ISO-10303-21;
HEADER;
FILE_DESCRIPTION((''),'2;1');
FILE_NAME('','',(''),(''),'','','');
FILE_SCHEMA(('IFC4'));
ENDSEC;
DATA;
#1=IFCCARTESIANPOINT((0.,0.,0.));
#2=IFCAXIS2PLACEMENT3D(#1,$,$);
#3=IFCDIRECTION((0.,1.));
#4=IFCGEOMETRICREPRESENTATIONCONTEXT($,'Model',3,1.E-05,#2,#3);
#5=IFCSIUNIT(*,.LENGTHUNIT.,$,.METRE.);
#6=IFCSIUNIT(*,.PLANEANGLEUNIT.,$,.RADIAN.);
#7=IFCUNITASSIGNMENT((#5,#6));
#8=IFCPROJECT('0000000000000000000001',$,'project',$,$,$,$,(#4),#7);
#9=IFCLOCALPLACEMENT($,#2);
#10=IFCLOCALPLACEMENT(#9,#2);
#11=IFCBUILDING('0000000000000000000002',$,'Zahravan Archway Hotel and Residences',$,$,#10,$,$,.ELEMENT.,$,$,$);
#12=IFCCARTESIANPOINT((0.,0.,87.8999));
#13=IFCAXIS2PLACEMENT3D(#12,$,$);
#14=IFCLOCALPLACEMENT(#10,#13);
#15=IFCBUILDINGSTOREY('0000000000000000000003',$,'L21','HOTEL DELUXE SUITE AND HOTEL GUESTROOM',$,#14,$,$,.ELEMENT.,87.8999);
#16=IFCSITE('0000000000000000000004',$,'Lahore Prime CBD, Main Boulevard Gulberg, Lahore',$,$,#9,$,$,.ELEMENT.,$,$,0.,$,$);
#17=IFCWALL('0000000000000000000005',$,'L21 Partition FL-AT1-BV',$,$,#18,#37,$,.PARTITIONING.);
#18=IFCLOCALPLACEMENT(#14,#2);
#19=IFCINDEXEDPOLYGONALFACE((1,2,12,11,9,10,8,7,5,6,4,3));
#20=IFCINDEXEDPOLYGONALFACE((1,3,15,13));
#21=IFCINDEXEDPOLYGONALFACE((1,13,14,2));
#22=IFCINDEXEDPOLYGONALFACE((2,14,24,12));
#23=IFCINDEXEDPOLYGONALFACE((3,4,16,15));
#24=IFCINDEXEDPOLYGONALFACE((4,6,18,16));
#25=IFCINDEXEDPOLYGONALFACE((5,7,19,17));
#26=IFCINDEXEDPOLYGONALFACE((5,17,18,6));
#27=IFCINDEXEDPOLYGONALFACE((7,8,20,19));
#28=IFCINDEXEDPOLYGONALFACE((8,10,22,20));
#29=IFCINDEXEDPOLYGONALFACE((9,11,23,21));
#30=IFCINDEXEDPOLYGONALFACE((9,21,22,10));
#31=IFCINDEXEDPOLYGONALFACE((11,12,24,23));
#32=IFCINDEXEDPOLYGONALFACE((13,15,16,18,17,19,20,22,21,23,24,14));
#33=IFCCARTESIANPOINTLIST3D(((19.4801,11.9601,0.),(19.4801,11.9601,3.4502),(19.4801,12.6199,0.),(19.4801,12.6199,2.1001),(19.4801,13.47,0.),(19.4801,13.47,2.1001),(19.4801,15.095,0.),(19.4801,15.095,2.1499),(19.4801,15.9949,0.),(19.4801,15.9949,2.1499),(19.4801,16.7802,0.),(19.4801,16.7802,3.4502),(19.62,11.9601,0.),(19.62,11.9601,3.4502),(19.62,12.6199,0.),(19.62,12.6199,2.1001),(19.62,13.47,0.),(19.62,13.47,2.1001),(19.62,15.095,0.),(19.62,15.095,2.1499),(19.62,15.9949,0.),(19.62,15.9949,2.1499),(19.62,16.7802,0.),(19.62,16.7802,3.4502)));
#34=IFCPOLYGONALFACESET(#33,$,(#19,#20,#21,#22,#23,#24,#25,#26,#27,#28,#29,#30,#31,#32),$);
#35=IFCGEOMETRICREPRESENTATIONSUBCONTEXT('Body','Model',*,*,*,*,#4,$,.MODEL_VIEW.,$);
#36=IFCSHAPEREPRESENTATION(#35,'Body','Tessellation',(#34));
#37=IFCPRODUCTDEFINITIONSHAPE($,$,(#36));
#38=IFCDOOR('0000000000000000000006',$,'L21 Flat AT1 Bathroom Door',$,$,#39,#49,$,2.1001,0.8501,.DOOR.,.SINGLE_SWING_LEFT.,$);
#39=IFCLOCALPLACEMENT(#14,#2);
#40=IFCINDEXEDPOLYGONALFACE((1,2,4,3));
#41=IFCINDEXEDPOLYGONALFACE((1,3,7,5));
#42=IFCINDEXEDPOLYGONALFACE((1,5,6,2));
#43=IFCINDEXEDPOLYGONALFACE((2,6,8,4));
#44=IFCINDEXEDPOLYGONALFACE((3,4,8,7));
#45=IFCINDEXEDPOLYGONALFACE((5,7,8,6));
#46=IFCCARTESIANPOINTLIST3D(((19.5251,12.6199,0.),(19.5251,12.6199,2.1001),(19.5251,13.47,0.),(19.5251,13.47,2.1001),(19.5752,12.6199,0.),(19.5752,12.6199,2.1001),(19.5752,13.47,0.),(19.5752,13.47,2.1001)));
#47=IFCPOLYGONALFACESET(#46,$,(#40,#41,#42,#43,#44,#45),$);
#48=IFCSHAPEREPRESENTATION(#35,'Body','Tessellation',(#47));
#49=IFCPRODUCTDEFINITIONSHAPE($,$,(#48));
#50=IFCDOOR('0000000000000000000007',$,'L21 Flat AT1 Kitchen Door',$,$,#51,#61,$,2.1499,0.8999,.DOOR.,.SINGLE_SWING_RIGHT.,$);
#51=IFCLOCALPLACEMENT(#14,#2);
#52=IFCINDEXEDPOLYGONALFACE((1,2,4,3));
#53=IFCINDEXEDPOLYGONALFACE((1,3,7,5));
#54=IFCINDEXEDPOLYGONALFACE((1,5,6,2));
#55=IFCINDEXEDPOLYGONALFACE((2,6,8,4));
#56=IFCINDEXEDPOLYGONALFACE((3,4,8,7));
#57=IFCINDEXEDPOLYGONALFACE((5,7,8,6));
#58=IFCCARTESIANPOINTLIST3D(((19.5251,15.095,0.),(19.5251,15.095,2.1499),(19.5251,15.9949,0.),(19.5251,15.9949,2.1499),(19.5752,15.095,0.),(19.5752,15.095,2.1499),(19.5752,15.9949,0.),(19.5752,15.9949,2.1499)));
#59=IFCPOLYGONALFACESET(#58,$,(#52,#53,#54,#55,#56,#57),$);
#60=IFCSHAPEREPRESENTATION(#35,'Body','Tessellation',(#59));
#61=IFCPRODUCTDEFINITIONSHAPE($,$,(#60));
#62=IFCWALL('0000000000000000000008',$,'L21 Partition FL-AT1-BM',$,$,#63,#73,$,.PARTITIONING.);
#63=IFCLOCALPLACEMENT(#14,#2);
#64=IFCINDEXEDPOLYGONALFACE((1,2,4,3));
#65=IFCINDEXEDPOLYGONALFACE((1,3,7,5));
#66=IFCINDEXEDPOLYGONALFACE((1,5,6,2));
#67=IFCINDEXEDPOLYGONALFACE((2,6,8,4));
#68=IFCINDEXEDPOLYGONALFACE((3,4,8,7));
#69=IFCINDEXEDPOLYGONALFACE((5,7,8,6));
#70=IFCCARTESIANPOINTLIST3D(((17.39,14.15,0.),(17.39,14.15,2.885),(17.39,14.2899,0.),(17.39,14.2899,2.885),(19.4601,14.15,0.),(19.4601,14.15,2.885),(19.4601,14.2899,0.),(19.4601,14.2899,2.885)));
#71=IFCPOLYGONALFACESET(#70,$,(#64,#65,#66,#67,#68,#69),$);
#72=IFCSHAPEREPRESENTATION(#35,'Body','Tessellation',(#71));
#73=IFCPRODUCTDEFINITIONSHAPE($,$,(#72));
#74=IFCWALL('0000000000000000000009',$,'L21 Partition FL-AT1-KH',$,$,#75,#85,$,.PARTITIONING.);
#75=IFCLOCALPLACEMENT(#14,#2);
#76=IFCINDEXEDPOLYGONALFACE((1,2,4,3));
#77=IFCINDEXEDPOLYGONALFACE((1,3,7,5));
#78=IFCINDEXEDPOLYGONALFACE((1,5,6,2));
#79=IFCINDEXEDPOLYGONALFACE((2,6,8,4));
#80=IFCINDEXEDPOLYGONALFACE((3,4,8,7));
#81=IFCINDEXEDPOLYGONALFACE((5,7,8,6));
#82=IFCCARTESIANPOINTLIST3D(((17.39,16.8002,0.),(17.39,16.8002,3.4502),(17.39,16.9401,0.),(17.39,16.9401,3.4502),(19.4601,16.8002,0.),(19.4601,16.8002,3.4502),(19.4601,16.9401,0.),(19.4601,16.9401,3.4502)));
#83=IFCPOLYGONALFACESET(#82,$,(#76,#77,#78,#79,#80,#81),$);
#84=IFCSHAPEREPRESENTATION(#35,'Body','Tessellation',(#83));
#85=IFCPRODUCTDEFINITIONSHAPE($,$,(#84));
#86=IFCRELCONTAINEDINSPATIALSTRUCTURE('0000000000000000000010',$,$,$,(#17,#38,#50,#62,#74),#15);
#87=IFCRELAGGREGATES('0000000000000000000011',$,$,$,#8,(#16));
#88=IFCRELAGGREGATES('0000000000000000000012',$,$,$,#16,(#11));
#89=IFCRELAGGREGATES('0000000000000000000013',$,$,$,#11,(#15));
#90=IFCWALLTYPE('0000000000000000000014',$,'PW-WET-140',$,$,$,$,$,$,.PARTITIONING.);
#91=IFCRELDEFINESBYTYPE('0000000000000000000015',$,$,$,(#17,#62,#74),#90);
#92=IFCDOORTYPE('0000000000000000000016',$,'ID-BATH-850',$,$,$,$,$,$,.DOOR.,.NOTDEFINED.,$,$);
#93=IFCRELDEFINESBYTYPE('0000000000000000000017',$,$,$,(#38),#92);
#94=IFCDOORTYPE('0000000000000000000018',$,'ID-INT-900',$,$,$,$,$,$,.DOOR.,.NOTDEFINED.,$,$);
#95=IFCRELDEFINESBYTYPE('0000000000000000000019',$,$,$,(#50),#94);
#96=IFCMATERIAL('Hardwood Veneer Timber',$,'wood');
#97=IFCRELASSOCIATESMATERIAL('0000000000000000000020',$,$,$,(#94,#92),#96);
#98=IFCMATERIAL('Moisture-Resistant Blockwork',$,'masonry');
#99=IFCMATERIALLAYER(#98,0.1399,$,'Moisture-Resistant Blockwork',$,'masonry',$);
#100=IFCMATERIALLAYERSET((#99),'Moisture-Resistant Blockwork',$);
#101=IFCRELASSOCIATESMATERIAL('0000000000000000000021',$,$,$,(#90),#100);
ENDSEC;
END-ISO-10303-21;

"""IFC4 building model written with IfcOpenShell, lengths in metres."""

from ifc_helpers import new_model, si_unit, direction, frame, frame_2d, origin, place, context, subcontext, project, spatial, rectangle, extrude, source, transform, mapped, material, layer, layer_set, type_object, type_shapes, element, fill, save


model = new_model("IFC4")

# Units and contexts
model_context = context("Model", 3, precision=1e-05, world=origin(), true_north=direction((0.0, 1.0)))
body_context = subcontext(model_context, "Body", "Model", "MODEL_VIEW")
ifc_project = project(units=[si_unit("LENGTHUNIT", "METRE"), si_unit("PLANEANGLEUNIT", "RADIAN")], contexts=[model_context])

# Site, building, storey
site_placement = place(None, origin())
site = spatial("IfcSite", under=ifc_project, at=site_placement, Name="Lahore Prime CBD, Main Boulevard Gulberg, Lahore", CompositionType="ELEMENT", RefElevation=0.0)
building_placement = place(site_placement, origin())
building = spatial("IfcBuilding", under=site, at=building_placement, Name="Zahravan Archway Hotel and Residences", CompositionType="ELEMENT")
storey_placement = place(building_placement, frame((0.0, 0.0, 87.8999)))
storey = spatial("IfcBuildingStorey", under=building, at=storey_placement, Name="L21", Description="HOTEL DELUXE SUITE AND HOTEL GUESTROOM", CompositionType="ELEMENT", Elevation=87.8999)

# Shared definitions
ifc_material_1 = material(Name="Hardwood Veneer Timber", Category="wood")
door_type_1 = type_object("IfcDoorType", Name="ID-INT-900", OperationType="NOTDEFINED", PredefinedType="DOOR", material=ifc_material_1)
shared_shape_1 = source(origin(), body_context, "Body", "SweptSolid", [
    extrude(rectangle(XDim=0.8999, YDim=2.1499, at=frame_2d((0.45, 1.075))), frame((0.0, 0.0249, 0.0), z_axis=(0.0, -1.0, 0.0), x_axis=(1.0, 0.0, 0.0)), (0.0, 0.0, 1.0), 0.05),
])
type_shapes(door_type_1, [shared_shape_1])

# Wall, openings, doors
ifc_material_2 = material(Name="Moisture-Resistant Blockwork", Category="masonry")
ifc_layer_1 = layer(ifc_material_2, 0.1399, Name="Moisture-Resistant Blockwork", Category="masonry")
ifc_layer_set_1 = layer_set([ifc_layer_1], Name="Moisture-Resistant Blockwork")
wall_type_1 = type_object("IfcWallType", Name="PW-WET-140", PredefinedType="PARTITIONING", material=ifc_layer_set_1)
wall_1_placement = place(storey_placement, frame((19.55, 11.96, 0.0), z_axis=(0.0, 0.0, 1.0), x_axis=(0.0, 1.0, 0.0)))
wall_1 = element("IfcWall", 1, at=wall_1_placement, inside=storey, type_object=wall_type_1, Name="L21 Partition FL-AT1-BV", PredefinedType="PARTITIONING", context=body_context, shape_type="SweptSolid", body=[
    extrude(rectangle(XDim=4.8201, YDim=0.1399, at=frame_2d((2.4102, 0.0))), origin(), (0.0, 0.0, 1.0), 3.4502),
])
opening_1_placement = place(wall_1_placement, frame((0.6599, 0.0, 0.0)))
opening_1 = element("IfcOpeningElement", 2, at=opening_1_placement, cuts=wall_1, PredefinedType="OPENING", context=body_context, shape_type="SweptSolid", body=[
    extrude(rectangle(XDim=0.8501, YDim=2.1001, at=frame_2d((0.425, 1.05))), frame((0.0, 0.0801, 0.0), z_axis=(0.0, -1.0, 0.0), x_axis=(1.0, 0.0, 0.0)), (0.0, 0.0, 1.0), 0.1599),
])
opening_2_placement = place(wall_1_placement, frame((3.135, 0.0, 0.0)))
opening_2 = element("IfcOpeningElement", 3, at=opening_2_placement, cuts=wall_1, PredefinedType="OPENING", context=body_context, shape_type="SweptSolid", body=[
    extrude(rectangle(XDim=0.8999, YDim=2.1499, at=frame_2d((0.45, 1.075))), frame((0.0, 0.0801, 0.0), z_axis=(0.0, -1.0, 0.0), x_axis=(1.0, 0.0, 0.0)), (0.0, 0.0, 1.0), 0.1599),
])
door_type_2 = type_object("IfcDoorType", Name="ID-BATH-850", OperationType="NOTDEFINED", PredefinedType="DOOR", material=ifc_material_1)
shared_shape_2 = source(origin(), body_context, "Body", "SweptSolid", [
    extrude(rectangle(XDim=0.8501, YDim=2.1001, at=frame_2d((0.425, 1.05))), frame((0.0, 0.0249, 0.0), z_axis=(0.0, -1.0, 0.0), x_axis=(1.0, 0.0, 0.0)), (0.0, 0.0, 1.0), 0.05),
])
type_shapes(door_type_2, [shared_shape_2])
door_1_placement = place(opening_1_placement, origin())
door_1 = element("IfcDoor", 4, at=door_1_placement, inside=storey, type_object=door_type_2, Name="L21 Flat AT1 Bathroom Door", OperationType="SINGLE_SWING_LEFT", OverallHeight=2.1001, OverallWidth=0.8501, PredefinedType="DOOR", context=body_context, shape_type="MappedRepresentation", body=[
    mapped(shared_shape_2, transform((0.0, 0.0, 0.0), scale=1.0)),
])
fill(opening_1, door_1)
door_2_placement = place(opening_2_placement, origin())
door_2 = element("IfcDoor", 5, at=door_2_placement, inside=storey, type_object=door_type_1, Name="L21 Flat AT1 Kitchen Door", OperationType="SINGLE_SWING_RIGHT", OverallHeight=2.1499, OverallWidth=0.8999, PredefinedType="DOOR", context=body_context, shape_type="MappedRepresentation", body=[
    mapped(shared_shape_1, transform((0.0, 0.0, 0.0), scale=1.0)),
])
fill(opening_2, door_2)

# Walls
wall_2_placement = place(storey_placement, frame((17.3899, 14.22, 0.0), z_axis=(0.0, 0.0, 1.0), x_axis=(1.0, 0.0, 0.0)))
element("IfcWall", 6, at=wall_2_placement, inside=storey, type_object=wall_type_1, Name="L21 Partition FL-AT1-BM", PredefinedType="PARTITIONING", context=body_context, shape_type="SweptSolid", body=[
    extrude(rectangle(XDim=2.0701, YDim=0.1399, at=frame_2d((1.0352, 0.0))), origin(), (0.0, 0.0, 1.0), 2.885),
])
wall_3_placement = place(storey_placement, frame((17.3899, 16.8701, 0.0), z_axis=(0.0, 0.0, 1.0), x_axis=(1.0, 0.0, 0.0)))
element("IfcWall", 7, at=wall_3_placement, inside=storey, type_object=wall_type_1, Name="L21 Partition FL-AT1-KH", PredefinedType="PARTITIONING", context=body_context, shape_type="SweptSolid", body=[
    extrude(rectangle(XDim=2.0701, YDim=0.1399, at=frame_2d((1.0352, 0.0))), origin(), (0.0, 0.0, 1.0), 3.4502),
])

save(model, "model.ifc")
